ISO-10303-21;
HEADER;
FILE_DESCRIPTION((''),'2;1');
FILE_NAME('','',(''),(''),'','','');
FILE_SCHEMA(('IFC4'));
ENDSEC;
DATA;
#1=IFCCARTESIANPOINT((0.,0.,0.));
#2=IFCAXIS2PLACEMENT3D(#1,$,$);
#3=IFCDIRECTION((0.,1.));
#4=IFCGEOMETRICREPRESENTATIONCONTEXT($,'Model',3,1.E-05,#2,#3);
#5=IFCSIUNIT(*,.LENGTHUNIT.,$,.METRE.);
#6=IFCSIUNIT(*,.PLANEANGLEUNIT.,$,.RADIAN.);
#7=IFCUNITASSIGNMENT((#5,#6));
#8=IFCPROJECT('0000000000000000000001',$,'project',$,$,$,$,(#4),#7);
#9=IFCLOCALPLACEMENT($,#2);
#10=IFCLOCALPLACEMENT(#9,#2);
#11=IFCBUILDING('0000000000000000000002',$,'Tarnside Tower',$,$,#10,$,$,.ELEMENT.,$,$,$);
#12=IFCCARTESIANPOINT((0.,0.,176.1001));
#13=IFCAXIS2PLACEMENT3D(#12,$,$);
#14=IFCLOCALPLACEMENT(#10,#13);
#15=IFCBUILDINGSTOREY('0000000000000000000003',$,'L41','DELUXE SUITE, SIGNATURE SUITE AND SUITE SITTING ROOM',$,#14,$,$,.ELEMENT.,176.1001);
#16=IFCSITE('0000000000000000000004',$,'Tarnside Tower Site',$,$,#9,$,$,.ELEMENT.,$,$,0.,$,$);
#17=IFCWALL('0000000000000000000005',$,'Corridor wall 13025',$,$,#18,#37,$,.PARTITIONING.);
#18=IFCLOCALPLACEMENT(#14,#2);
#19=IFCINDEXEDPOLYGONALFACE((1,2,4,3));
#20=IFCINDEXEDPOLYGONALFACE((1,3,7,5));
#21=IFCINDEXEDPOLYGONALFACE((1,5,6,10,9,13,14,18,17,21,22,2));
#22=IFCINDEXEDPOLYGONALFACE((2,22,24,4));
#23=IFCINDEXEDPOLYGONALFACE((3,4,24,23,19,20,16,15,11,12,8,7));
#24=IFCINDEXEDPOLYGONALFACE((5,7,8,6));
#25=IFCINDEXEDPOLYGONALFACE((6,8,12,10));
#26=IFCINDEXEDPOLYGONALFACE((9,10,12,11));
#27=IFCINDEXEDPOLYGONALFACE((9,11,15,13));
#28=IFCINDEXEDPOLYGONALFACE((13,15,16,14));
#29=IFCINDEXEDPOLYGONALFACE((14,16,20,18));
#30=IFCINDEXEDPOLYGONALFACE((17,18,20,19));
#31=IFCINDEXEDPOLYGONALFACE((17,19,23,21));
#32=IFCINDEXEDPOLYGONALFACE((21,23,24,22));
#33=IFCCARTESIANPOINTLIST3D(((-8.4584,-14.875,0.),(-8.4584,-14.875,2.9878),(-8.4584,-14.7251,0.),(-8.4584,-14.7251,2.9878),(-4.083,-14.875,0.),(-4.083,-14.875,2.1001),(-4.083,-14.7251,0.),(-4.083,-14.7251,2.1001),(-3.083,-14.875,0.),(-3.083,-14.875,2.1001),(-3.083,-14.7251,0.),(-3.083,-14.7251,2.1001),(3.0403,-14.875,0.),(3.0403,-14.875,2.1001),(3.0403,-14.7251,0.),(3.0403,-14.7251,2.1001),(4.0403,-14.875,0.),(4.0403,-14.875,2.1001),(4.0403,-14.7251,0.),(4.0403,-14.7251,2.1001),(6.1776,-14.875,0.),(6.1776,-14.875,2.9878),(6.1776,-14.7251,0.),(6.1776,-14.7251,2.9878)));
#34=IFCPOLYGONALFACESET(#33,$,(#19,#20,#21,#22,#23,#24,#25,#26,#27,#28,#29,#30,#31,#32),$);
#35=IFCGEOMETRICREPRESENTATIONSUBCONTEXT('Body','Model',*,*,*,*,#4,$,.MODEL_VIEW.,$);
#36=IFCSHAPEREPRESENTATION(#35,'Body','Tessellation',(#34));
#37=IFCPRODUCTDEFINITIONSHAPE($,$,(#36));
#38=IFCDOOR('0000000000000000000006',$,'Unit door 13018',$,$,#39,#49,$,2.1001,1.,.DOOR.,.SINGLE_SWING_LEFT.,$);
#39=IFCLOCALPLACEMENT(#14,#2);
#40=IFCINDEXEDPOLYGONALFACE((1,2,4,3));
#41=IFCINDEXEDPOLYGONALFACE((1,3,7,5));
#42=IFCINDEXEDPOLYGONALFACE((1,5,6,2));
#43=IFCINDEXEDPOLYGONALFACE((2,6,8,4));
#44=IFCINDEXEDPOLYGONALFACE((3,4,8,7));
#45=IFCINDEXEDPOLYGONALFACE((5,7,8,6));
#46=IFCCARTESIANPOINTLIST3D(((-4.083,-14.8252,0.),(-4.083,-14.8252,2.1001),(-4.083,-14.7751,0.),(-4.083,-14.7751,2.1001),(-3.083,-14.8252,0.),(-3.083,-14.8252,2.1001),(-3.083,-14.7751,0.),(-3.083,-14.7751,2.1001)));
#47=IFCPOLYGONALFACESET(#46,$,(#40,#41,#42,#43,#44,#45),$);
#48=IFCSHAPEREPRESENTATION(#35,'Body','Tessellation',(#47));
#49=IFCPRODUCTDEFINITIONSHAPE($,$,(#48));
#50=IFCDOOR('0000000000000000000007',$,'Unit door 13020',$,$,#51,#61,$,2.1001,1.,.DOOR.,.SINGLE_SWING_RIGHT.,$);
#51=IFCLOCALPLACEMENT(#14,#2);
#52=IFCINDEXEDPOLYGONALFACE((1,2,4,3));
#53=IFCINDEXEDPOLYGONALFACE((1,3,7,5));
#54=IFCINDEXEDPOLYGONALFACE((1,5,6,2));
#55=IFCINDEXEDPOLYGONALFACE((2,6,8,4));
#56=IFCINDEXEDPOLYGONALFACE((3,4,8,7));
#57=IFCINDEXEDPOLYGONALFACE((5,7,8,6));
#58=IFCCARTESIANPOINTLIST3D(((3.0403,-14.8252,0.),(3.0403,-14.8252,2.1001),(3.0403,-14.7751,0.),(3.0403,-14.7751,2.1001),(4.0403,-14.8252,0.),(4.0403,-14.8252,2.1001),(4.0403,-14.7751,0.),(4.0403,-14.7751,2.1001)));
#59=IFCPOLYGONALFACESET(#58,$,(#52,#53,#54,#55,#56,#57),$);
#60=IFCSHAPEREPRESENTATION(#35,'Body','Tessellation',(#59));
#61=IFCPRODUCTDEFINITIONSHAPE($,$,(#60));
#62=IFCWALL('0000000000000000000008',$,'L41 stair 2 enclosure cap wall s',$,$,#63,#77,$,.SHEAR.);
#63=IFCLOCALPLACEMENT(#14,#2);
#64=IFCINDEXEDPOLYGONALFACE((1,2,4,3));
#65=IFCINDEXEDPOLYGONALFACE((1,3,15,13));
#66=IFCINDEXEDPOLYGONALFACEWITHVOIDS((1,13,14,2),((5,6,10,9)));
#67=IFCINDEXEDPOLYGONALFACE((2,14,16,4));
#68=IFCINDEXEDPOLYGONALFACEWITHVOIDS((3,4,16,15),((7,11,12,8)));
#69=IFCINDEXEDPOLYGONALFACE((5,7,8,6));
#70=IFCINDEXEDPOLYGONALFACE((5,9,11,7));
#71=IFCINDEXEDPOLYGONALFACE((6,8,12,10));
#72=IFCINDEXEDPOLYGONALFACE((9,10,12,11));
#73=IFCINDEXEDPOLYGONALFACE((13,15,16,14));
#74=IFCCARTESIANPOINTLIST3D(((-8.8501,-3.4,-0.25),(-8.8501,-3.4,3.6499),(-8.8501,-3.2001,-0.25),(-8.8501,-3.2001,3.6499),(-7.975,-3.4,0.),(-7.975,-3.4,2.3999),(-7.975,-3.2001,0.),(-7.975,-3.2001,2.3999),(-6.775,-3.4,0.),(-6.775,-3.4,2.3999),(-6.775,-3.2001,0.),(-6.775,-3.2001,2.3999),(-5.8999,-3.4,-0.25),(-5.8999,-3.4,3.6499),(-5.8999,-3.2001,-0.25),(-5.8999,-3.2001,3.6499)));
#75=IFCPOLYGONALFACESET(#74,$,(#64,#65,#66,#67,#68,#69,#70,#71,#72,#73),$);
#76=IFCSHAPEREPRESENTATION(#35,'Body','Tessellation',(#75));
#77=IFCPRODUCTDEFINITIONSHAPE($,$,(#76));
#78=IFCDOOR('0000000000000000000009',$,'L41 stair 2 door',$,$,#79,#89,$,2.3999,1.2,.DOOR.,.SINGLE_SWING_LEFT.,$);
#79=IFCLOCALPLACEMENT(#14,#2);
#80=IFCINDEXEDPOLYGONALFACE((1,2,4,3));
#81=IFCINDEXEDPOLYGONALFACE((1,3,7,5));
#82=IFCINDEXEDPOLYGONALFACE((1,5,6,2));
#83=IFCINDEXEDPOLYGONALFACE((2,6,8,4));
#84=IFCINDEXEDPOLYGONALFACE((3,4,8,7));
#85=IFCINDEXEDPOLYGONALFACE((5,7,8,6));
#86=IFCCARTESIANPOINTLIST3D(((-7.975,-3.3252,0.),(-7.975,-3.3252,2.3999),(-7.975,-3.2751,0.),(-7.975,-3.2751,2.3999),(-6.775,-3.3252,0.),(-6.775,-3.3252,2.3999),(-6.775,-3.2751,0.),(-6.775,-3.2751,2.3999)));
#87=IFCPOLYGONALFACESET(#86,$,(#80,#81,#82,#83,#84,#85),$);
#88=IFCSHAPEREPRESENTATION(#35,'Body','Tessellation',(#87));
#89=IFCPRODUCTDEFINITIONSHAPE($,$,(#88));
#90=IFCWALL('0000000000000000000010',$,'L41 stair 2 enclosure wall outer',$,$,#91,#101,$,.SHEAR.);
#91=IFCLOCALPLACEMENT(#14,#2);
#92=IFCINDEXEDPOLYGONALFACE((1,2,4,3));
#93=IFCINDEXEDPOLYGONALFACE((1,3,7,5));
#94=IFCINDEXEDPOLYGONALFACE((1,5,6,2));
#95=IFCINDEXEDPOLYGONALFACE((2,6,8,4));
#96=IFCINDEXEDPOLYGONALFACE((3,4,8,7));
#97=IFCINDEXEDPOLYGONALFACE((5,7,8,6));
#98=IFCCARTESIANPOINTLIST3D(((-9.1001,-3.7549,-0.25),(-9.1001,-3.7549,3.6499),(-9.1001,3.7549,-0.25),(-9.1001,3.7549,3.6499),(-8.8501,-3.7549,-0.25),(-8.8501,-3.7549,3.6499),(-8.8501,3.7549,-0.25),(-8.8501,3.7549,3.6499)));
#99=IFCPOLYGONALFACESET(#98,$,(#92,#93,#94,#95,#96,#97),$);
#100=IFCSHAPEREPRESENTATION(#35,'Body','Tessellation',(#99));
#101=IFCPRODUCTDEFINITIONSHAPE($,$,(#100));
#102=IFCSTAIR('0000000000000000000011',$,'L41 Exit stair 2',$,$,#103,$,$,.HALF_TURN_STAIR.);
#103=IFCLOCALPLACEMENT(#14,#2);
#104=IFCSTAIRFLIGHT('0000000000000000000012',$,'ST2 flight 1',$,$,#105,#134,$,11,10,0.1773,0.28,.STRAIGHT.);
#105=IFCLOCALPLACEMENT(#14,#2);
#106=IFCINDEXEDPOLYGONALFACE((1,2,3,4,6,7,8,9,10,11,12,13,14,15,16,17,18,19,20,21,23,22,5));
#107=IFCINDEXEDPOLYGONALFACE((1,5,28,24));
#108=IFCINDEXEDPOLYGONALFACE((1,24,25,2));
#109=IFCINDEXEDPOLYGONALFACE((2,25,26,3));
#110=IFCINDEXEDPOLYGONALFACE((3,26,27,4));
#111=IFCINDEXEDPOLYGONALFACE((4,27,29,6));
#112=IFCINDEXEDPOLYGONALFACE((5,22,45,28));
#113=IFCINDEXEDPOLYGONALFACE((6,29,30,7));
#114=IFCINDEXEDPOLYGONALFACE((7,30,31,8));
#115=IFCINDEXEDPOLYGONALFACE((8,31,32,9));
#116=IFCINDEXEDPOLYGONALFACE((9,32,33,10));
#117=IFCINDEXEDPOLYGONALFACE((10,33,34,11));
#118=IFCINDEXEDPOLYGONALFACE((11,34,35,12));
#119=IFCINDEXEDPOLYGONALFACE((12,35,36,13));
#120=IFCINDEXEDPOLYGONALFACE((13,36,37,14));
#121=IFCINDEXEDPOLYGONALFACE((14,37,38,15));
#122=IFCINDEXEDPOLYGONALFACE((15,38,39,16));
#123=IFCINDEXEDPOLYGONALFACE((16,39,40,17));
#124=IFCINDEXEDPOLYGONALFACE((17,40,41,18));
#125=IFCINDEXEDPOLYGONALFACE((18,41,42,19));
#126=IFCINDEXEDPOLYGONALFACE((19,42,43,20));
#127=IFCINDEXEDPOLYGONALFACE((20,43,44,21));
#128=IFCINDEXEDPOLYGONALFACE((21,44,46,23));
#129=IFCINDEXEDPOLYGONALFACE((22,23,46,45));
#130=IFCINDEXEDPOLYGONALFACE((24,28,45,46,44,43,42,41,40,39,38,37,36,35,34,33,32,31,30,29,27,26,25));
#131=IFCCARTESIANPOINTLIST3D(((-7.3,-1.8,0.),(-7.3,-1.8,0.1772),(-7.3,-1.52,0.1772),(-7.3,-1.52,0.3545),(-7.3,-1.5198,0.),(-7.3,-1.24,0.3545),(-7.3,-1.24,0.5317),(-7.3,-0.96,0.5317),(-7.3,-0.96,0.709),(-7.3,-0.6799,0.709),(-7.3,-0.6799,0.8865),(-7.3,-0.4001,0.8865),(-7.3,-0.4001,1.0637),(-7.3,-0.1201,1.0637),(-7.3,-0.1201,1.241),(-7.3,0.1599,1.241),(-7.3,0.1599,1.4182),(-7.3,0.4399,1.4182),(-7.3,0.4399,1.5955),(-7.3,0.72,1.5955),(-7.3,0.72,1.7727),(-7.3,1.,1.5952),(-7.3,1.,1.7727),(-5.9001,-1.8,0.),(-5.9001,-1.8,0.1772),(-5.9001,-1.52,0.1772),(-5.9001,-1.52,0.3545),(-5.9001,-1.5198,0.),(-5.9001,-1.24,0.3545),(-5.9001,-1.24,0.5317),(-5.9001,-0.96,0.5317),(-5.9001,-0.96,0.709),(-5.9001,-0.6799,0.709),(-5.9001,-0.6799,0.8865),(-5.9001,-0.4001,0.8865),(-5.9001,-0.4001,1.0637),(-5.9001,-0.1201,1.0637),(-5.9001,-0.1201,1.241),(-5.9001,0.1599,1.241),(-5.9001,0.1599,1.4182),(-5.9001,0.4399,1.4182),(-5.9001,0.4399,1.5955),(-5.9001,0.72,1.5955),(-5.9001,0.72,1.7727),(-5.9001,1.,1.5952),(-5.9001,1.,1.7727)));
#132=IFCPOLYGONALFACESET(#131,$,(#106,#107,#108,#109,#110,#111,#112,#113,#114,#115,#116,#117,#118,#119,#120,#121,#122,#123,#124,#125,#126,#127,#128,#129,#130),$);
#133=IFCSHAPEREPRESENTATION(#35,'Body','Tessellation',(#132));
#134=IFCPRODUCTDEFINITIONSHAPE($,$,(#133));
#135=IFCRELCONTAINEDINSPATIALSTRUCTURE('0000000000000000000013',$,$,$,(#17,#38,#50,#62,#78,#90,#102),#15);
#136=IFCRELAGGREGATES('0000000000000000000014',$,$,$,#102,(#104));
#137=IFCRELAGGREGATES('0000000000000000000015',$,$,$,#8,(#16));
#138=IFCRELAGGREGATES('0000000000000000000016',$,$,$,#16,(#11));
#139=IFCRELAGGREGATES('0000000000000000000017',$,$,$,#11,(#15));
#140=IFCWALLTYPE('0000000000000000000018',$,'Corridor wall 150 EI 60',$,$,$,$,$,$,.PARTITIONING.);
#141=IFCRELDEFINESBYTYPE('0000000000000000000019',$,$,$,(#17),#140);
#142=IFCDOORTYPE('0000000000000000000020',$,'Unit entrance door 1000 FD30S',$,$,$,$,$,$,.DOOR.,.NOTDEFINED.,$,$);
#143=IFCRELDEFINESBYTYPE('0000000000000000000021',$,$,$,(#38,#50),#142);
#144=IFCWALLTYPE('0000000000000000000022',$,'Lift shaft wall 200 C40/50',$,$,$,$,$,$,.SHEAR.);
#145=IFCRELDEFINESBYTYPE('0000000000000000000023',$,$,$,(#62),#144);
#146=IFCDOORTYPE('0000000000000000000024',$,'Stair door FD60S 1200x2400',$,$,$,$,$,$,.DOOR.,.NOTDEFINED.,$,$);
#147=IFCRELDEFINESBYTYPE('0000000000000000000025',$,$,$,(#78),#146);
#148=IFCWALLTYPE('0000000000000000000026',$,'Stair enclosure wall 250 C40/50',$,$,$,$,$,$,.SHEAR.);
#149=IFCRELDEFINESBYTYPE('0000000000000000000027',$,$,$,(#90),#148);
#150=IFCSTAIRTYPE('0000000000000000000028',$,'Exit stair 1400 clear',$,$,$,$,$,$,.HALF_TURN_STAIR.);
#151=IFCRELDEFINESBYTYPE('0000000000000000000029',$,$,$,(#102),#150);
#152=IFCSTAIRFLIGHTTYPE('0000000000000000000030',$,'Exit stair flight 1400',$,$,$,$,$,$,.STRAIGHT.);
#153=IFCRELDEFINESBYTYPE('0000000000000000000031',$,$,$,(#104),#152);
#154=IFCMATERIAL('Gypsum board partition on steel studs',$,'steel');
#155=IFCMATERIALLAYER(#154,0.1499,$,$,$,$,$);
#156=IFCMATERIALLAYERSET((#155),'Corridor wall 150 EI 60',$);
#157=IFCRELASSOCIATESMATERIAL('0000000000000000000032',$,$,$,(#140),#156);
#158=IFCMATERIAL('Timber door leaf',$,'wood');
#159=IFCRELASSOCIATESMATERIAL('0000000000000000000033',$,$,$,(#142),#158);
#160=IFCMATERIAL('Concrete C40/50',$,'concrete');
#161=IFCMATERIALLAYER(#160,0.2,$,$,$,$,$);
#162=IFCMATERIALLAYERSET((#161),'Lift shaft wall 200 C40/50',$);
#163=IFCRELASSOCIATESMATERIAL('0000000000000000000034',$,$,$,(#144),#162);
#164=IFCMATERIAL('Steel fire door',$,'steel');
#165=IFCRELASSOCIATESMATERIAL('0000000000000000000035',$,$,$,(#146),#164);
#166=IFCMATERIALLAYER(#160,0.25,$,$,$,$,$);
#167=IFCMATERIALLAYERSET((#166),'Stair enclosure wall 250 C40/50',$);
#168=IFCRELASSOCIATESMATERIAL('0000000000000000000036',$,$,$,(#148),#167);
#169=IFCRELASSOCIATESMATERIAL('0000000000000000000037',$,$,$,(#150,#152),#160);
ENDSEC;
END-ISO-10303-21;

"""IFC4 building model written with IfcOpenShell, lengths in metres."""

from ifc_helpers import new_model, si_unit, direction, frame, frame_2d, origin, place, context, subcontext, project, spatial, polyline, rectangle, outline, extrude, material, layer, layer_set, type_object, element, fill, aggregate, save


model = new_model("IFC4")

# Units and contexts
model_context = context("Model", 3, precision=1e-05, world=origin(), true_north=direction((0.0, 1.0)))
body_context = subcontext(model_context, "Body", "Model", "MODEL_VIEW")
ifc_project = project(units=[si_unit("LENGTHUNIT", "METRE"), si_unit("PLANEANGLEUNIT", "RADIAN")], contexts=[model_context])

# Site, building, storey
site_placement = place(None, origin())
site = spatial("IfcSite", under=ifc_project, at=site_placement, Name="Tarnside Tower Site", CompositionType="ELEMENT", RefElevation=0.0)
building_placement = place(site_placement, origin())
building = spatial("IfcBuilding", under=site, at=building_placement, Name="Tarnside Tower", CompositionType="ELEMENT")
storey_placement = place(building_placement, frame((0.0, 0.0, 176.1001)))
storey = spatial("IfcBuildingStorey", under=building, at=storey_placement, Name="L41", Description="DELUXE SUITE, SIGNATURE SUITE AND SUITE SITTING ROOM", CompositionType="ELEMENT", Elevation=176.1001)

# Shared definitions
ifc_material_1 = material(Name="Gypsum board partition on steel studs", Category="steel")
ifc_material_2 = material(Name="Timber door leaf", Category="wood")
ifc_material_3 = material(Name="Steel fire door", Category="steel")

# Wall, openings, doors
ifc_layer_1 = layer(ifc_material_1, 0.1499)
ifc_layer_set_1 = layer_set([ifc_layer_1], Name="Corridor wall 150 EI 60")
wall_type_1 = type_object("IfcWallType", Name="Corridor wall 150 EI 60", PredefinedType="PARTITIONING", material=ifc_layer_set_1)
door_type_1 = type_object("IfcDoorType", Name="Unit entrance door 1000 FD30S", OperationType="NOTDEFINED", PredefinedType="DOOR", material=ifc_material_2)
wall_1_placement = place(storey_placement, frame((-8.4583, -14.8, 0.0), z_axis=(0.0, 0.0, 1.0), x_axis=(1.0, 0.0, 0.0)))
wall_1 = element("IfcWall", 1, at=wall_1_placement, inside=storey, type_object=wall_type_1, Name="Corridor wall 13025", PredefinedType="PARTITIONING", context=body_context, shape_type="SweptSolid", body=[
    extrude(rectangle(XDim=14.636, YDim=0.1499, at=frame_2d((7.3179, 0.0))), origin(), (0.0, 0.0, 1.0), 2.9878),
])
opening_1_placement = place(wall_1_placement, frame((4.3752, 0.0, 0.0)))
opening_1 = element("IfcOpeningElement", 2, at=opening_1_placement, cuts=wall_1, PredefinedType="OPENING", context=body_context, shape_type="SweptSolid", body=[
    extrude(rectangle(XDim=1.0, YDim=2.1001, at=frame_2d((0.5, 1.05))), frame((0.0, 0.085, 0.0), z_axis=(0.0, -1.0, 0.0), x_axis=(1.0, 0.0, 0.0)), (0.0, 0.0, 1.0), 0.1699),
])
opening_2_placement = place(wall_1_placement, frame((11.4985, 0.0, 0.0)))
opening_2 = element("IfcOpeningElement", 3, at=opening_2_placement, cuts=wall_1, PredefinedType="OPENING", context=body_context, shape_type="SweptSolid", body=[
    extrude(rectangle(XDim=1.0, YDim=2.1001, at=frame_2d((0.5, 1.05))), frame((0.0, 0.085, 0.0), z_axis=(0.0, -1.0, 0.0), x_axis=(1.0, 0.0, 0.0)), (0.0, 0.0, 1.0), 0.1699),
])
door_1_placement = place(opening_1_placement, origin())
door_1 = element("IfcDoor", 4, at=door_1_placement, inside=storey, type_object=door_type_1, Name="Unit door 13018", OperationType="SINGLE_SWING_LEFT", OverallHeight=2.1001, OverallWidth=1.0, PredefinedType="DOOR", context=body_context, shape_type="SweptSolid", body=[
    extrude(rectangle(XDim=1.0, YDim=2.1001, at=frame_2d((0.5, 1.05))), frame((0.0, 0.0249, 0.0), z_axis=(0.0, -1.0, 0.0), x_axis=(1.0, 0.0, 0.0)), (0.0, 0.0, 1.0), 0.05),
])
fill(opening_1, door_1)
door_2_placement = place(opening_2_placement, origin())
door_2 = element("IfcDoor", 5, at=door_2_placement, inside=storey, type_object=door_type_1, Name="Unit door 13020", OperationType="SINGLE_SWING_RIGHT", OverallHeight=2.1001, OverallWidth=1.0, PredefinedType="DOOR", context=body_context, shape_type="SweptSolid", body=[
    extrude(rectangle(XDim=1.0, YDim=2.1001, at=frame_2d((0.5, 1.05))), frame((0.0, 0.0249, 0.0), z_axis=(0.0, -1.0, 0.0), x_axis=(1.0, 0.0, 0.0)), (0.0, 0.0, 1.0), 0.05),
])
fill(opening_2, door_2)

# Wall, opening, door
ifc_material_4 = material(Name="Concrete C40/50", Category="concrete")
ifc_layer_2 = layer(ifc_material_4, 0.2)
ifc_layer_set_2 = layer_set([ifc_layer_2], Name="Lift shaft wall 200 C40/50")
wall_type_2 = type_object("IfcWallType", Name="Lift shaft wall 200 C40/50", PredefinedType="SHEAR", material=ifc_layer_set_2)
wall_2_placement = place(storey_placement, frame((-8.8501, -3.3, -0.25), z_axis=(0.0, 0.0, 1.0), x_axis=(1.0, 0.0, 0.0)))
wall_2 = element("IfcWall", 6, at=wall_2_placement, inside=storey, type_object=wall_type_2, Name="L41 stair 2 enclosure cap wall s", PredefinedType="SHEAR", context=body_context, shape_type="SweptSolid", body=[
    extrude(rectangle(XDim=2.9502, YDim=0.2, at=frame_2d((1.4751, 0.0))), origin(), (0.0, 0.0, 1.0), 3.8999),
])
opening_3_placement = place(wall_2_placement, frame((0.875, 0.0, 0.25)))
opening_3 = element("IfcOpeningElement", 7, at=opening_3_placement, cuts=wall_2, PredefinedType="OPENING", context=body_context, shape_type="SweptSolid", body=[
    extrude(rectangle(XDim=1.2, YDim=2.3999, at=frame_2d((0.6001, 1.2))), frame((0.0, 0.1099, 0.0), z_axis=(0.0, -1.0, 0.0), x_axis=(1.0, 0.0, 0.0)), (0.0, 0.0, 1.0), 0.22),
])
door_type_2 = type_object("IfcDoorType", Name="Stair door FD60S 1200x2400", OperationType="NOTDEFINED", PredefinedType="DOOR", material=ifc_material_3)
door_3_placement = place(opening_3_placement, origin())
door_3 = element("IfcDoor", 8, at=door_3_placement, inside=storey, type_object=door_type_2, Name="L41 stair 2 door", OperationType="SINGLE_SWING_LEFT", OverallHeight=2.3999, OverallWidth=1.2, PredefinedType="DOOR", context=body_context, shape_type="SweptSolid", body=[
    extrude(rectangle(XDim=1.2, YDim=2.3999, at=frame_2d((0.6001, 1.2))), frame((0.0, 0.0249, 0.0), z_axis=(0.0, -1.0, 0.0), x_axis=(1.0, 0.0, 0.0)), (0.0, 0.0, 1.0), 0.05),
])
fill(opening_3, door_3)

# Wall
ifc_layer_3 = layer(ifc_material_4, 0.25)
ifc_layer_set_3 = layer_set([ifc_layer_3], Name="Stair enclosure wall 250 C40/50")
wall_type_3 = type_object("IfcWallType", Name="Stair enclosure wall 250 C40/50", PredefinedType="SHEAR", material=ifc_layer_set_3)
wall_3_placement = place(storey_placement, frame((-8.9751, -3.7549, -0.25), z_axis=(0.0, 0.0, 1.0), x_axis=(0.0, 1.0, 0.0)))
element("IfcWall", 9, at=wall_3_placement, inside=storey, type_object=wall_type_3, Name="L41 stair 2 enclosure wall outer", PredefinedType="SHEAR", context=body_context, shape_type="SweptSolid", body=[
    extrude(rectangle(XDim=7.5098, YDim=0.25, at=frame_2d((3.7549, 0.0))), origin(), (0.0, 0.0, 1.0), 3.8999),
])

# Stair, stair flight
stair_type = type_object("IfcStairType", Name="Exit stair 1400 clear", PredefinedType="HALF_TURN_STAIR", material=ifc_material_4)
stair_placement = place(storey_placement, origin())
stair = element("IfcStair", 10, at=stair_placement, inside=storey, type_object=stair_type, Name="L41 Exit stair 2", PredefinedType="HALF_TURN_STAIR")
stair_flight_type = type_object("IfcStairFlightType", Name="Exit stair flight 1400", PredefinedType="STRAIGHT", material=ifc_material_4)
stair_flight_placement = place(storey_placement, frame((-6.6001, -1.8, 0.0), z_axis=(0.0, 0.0, 1.0), x_axis=(0.0, 1.0, 0.0)))
stair_flight = element("IfcStairFlight", 11, at=stair_flight_placement, type_object=stair_flight_type, Name="ST2 flight 1", NumberOfRisers=11, NumberOfTreads=10, PredefinedType="STRAIGHT", RiserHeight=0.1773, TreadLength=0.28, context=body_context, shape_type="SweptSolid", body=[
    extrude(outline(polyline([(0.0, 0.0), (0.0, 0.1772), (0.28, 0.1772), (0.28, 0.3545), (0.5601, 0.3545), (0.5601, 0.5317), (0.8401, 0.5317), (0.8401, 0.709), (1.1201, 0.709), (1.1201, 0.8865), (1.3999, 0.8865), (1.3999, 1.0637), (1.6799, 1.0637), (1.6799, 1.241), (1.96, 1.241), (1.96, 1.4182), (2.24, 1.4182), (2.24, 1.5955), (2.52, 1.5955), (2.52, 1.7727), (2.8, 1.7727), (2.8, 1.95), (2.8, 1.5952), (0.2803, 0.0), (0.0, 0.0)])), frame((0.0, 0.7, 0.0), z_axis=(0.0, -1.0, 0.0), x_axis=(1.0, 0.0, 0.0)), (0.0, 0.0, 1.0), 1.3999),
])
aggregate(stair, [stair_flight])

save(model, "model.ifc")
